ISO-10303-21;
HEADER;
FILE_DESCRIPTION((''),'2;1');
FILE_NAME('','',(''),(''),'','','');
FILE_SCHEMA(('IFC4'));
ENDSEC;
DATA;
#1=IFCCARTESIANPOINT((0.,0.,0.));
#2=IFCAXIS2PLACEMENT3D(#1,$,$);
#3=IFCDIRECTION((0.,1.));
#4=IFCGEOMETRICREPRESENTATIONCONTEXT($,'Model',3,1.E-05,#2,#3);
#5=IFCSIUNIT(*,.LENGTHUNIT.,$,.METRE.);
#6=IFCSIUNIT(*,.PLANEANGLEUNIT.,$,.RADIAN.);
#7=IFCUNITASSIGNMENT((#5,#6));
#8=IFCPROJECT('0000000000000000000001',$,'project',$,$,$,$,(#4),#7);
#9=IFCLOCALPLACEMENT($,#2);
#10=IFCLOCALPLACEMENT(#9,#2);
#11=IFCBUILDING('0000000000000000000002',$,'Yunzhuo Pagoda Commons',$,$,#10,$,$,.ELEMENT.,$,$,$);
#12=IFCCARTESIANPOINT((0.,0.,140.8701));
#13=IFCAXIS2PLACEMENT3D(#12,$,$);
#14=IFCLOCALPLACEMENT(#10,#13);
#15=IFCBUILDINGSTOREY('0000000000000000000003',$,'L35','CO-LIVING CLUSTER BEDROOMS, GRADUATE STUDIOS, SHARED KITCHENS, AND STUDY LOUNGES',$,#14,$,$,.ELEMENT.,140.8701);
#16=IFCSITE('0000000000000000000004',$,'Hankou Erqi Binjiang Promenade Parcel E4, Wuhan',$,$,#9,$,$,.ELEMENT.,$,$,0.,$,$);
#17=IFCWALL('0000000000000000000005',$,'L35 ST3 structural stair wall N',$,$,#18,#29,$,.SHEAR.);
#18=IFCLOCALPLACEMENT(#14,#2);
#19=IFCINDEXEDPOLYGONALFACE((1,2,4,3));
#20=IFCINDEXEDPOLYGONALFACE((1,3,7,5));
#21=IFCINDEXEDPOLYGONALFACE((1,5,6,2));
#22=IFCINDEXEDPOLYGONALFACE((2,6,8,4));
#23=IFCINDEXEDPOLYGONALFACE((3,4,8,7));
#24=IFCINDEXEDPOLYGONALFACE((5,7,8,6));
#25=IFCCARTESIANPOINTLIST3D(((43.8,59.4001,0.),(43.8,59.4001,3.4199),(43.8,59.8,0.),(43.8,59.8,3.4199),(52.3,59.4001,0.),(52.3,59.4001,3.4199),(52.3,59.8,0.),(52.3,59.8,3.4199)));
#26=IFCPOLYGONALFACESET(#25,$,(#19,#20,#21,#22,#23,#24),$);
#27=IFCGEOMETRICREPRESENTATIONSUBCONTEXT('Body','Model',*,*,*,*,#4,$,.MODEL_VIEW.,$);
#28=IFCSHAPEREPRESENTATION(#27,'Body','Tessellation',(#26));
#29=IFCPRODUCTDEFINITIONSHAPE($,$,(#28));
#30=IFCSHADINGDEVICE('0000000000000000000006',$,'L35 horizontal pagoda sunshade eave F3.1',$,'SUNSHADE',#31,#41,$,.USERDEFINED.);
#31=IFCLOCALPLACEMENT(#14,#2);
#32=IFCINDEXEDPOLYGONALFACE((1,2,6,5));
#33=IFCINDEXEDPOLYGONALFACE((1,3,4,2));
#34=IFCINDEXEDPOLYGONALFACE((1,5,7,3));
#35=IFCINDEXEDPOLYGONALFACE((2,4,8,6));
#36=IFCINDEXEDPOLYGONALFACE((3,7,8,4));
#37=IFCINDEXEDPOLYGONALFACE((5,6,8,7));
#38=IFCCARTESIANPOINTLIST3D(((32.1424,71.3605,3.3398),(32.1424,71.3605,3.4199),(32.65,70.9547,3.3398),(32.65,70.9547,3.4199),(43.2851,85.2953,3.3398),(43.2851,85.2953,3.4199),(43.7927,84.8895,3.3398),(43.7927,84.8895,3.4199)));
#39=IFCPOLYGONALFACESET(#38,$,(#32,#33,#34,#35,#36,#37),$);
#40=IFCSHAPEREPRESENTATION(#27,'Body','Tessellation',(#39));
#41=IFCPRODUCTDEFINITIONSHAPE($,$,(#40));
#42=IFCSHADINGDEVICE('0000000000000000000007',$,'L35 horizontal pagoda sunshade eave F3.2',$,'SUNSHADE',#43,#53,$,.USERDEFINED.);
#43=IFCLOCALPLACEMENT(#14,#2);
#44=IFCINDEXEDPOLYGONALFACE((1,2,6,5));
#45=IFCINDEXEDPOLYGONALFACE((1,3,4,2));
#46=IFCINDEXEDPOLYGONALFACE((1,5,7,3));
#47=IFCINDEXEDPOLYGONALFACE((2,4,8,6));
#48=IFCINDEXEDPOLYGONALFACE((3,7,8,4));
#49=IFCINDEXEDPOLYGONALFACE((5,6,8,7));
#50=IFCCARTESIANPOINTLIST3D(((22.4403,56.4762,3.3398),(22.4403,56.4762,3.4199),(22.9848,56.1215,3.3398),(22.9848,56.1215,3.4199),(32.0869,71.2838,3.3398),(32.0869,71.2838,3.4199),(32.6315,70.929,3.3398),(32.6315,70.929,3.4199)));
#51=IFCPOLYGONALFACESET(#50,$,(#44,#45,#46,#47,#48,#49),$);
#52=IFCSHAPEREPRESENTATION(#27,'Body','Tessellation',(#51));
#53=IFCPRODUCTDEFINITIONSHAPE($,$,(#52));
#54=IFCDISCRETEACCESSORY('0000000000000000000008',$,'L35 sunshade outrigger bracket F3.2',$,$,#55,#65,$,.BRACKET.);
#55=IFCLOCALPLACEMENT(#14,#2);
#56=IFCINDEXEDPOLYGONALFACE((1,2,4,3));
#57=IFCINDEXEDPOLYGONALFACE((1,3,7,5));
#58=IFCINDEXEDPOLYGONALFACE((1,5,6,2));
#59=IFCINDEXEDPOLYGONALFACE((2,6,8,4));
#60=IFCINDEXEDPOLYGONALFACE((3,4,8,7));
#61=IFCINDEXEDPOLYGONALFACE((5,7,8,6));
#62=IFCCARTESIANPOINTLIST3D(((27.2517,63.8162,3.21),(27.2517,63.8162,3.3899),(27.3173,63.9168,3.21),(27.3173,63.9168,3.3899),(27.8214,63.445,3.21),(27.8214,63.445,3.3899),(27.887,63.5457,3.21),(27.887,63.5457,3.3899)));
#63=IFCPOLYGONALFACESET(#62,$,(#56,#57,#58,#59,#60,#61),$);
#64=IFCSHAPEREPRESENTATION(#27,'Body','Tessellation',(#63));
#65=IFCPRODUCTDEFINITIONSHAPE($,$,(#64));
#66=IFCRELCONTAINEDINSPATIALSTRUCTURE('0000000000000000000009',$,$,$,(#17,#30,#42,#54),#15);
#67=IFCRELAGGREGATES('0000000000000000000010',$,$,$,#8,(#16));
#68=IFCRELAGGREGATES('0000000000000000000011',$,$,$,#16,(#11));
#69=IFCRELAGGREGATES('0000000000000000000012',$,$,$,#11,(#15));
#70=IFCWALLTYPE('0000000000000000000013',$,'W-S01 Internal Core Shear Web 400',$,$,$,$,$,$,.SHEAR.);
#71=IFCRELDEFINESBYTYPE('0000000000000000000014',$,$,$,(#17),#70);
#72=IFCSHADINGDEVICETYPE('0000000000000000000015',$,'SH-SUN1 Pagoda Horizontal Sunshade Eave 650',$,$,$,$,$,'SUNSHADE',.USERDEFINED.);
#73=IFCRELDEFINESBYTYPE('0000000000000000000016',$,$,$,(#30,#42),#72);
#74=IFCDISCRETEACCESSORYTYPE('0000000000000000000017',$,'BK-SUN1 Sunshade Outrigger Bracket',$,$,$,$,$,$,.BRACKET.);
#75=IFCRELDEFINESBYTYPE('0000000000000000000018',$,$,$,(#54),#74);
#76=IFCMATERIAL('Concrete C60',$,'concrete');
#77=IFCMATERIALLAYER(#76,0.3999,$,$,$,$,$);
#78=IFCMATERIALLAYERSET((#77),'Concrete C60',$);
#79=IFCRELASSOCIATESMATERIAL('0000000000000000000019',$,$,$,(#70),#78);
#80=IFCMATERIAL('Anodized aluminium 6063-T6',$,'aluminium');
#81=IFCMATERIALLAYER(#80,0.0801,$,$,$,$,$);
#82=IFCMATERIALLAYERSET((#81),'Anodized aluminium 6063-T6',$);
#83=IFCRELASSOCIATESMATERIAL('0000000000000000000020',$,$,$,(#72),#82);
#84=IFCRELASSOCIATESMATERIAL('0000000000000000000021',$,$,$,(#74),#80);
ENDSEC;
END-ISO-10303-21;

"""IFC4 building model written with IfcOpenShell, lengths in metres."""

from ifc_helpers import new_model, si_unit, direction, frame, frame_2d, origin, origin_2d, place, context, subcontext, project, spatial, rectangle, extrude, source, transform, mapped, material, layer, layer_set, type_object, element, save


model = new_model("IFC4")

# Units and contexts
model_context = context("Model", 3, precision=1e-05, world=origin(), true_north=direction((0.0, 1.0)))
body_context = subcontext(model_context, "Body", "Model", "MODEL_VIEW")
ifc_project = project(units=[si_unit("LENGTHUNIT", "METRE"), si_unit("PLANEANGLEUNIT", "RADIAN")], contexts=[model_context])

# Site, building, storey
site_placement = place(None, origin())
site = spatial("IfcSite", under=ifc_project, at=site_placement, Name="Hankou Erqi Binjiang Promenade Parcel E4, Wuhan", CompositionType="ELEMENT", RefElevation=0.0)
building_placement = place(site_placement, origin())
building = spatial("IfcBuilding", under=site, at=building_placement, Name="Yunzhuo Pagoda Commons", CompositionType="ELEMENT")
storey_placement = place(building_placement, frame((0.0, 0.0, 140.8701)))
storey = spatial("IfcBuildingStorey", under=building, at=storey_placement, Name="L35", Description="CO-LIVING CLUSTER BEDROOMS, GRADUATE STUDIOS, SHARED KITCHENS, AND STUDY LOUNGES", CompositionType="ELEMENT", Elevation=140.8701)

# Shared definitions
ifc_material_1 = material(Name="Anodized aluminium 6063-T6", Category="aluminium")

# Wall
ifc_material_2 = material(Name="Concrete C60", Category="concrete")
ifc_layer_1 = layer(ifc_material_2, 0.3999)
ifc_layer_set_1 = layer_set([ifc_layer_1], Name="Concrete C60")
wall_type = type_object("IfcWallType", Name="W-S01 Internal Core Shear Web 400", PredefinedType="SHEAR", material=ifc_layer_set_1)
wall_placement = place(storey_placement, frame((43.8, 59.6001, 0.0), z_axis=(0.0, 0.0, 1.0), x_axis=(1.0, 0.0, 0.0)))
element("IfcWall", 1, at=wall_placement, inside=storey, type_object=wall_type, Name="L35 ST3 structural stair wall N", PredefinedType="SHEAR", context=body_context, shape_type="SweptSolid", body=[
    extrude(rectangle(XDim=8.5, YDim=0.3999, at=frame_2d((4.25, 0.0))), origin(), (0.0, 0.0, 1.0), 3.4199),
])

# Shading devices
ifc_layer_2 = layer(ifc_material_1, 0.0801)
ifc_layer_set_2 = layer_set([ifc_layer_2], Name="Anodized aluminium 6063-T6")
shading_device_type = type_object("IfcShadingDeviceType", Name="SH-SUN1 Pagoda Horizontal Sunshade Eave 650", ElementType="SUNSHADE", PredefinedType="USERDEFINED", material=ifc_layer_set_2)
shared_shape_1 = source(origin(), body_context, "Body", "SweptSolid", [
    extrude(rectangle(XDim=17.842, YDim=0.6499, at=origin_2d()), origin(), (0.0, 0.0, 1.0), 0.0801),
])
shading_device_1_placement = place(storey_placement, frame((37.9675, 78.125, 3.3398), z_axis=(0.0, 0.0, 1.0), x_axis=(-0.62452, -0.781008, 0.0)))
element("IfcShadingDevice", 2, at=shading_device_1_placement, inside=storey, type_object=shading_device_type, Name="L35 horizontal pagoda sunshade eave F3.1", ObjectType="SUNSHADE", PredefinedType="USERDEFINED", context=body_context, shape_type="MappedRepresentation", body=[
    mapped(shared_shape_1, transform((0.0, 0.0, 0.0), scale=1.0)),
])
shared_shape_2 = source(origin(), body_context, "Body", "SweptSolid", [
    extrude(rectangle(XDim=17.6726, YDim=0.6499, at=origin_2d()), origin(), (0.0, 0.0, 1.0), 0.0801),
])
shading_device_2_placement = place(storey_placement, frame((27.5359, 63.7026, 3.3398), z_axis=(0.0, 0.0, 1.0), x_axis=(-0.545853, -0.837881, 0.0)))
element("IfcShadingDevice", 3, at=shading_device_2_placement, inside=storey, type_object=shading_device_type, Name="L35 horizontal pagoda sunshade eave F3.2", ObjectType="SUNSHADE", PredefinedType="USERDEFINED", context=body_context, shape_type="MappedRepresentation", body=[
    mapped(shared_shape_2, transform((0.0, 0.0, 0.0), scale=1.0)),
])

# Discrete accessory
discrete_accessory_type = type_object("IfcDiscreteAccessoryType", Name="BK-SUN1 Sunshade Outrigger Bracket", PredefinedType="BRACKET", material=ifc_material_1)
shared_shape_3 = source(origin(), body_context, "Body", "SweptSolid", [
    extrude(rectangle(XDim=0.1201, YDim=0.6799, at=origin_2d()), origin(), (0.0, 0.0, 1.0), 0.1799),
])
discrete_accessory_placement = place(storey_placement, frame((27.5693, 63.6809, 3.21), z_axis=(0.0, 0.0, 1.0), x_axis=(-0.545853, -0.837881, 0.0)))
element("IfcDiscreteAccessory", 4, at=discrete_accessory_placement, inside=storey, type_object=discrete_accessory_type, Name="L35 sunshade outrigger bracket F3.2", PredefinedType="BRACKET", context=body_context, shape_type="MappedRepresentation", body=[
    mapped(shared_shape_3, transform((0.0, 0.0, 0.0), scale=1.0)),
])

save(model, "model.ifc")
